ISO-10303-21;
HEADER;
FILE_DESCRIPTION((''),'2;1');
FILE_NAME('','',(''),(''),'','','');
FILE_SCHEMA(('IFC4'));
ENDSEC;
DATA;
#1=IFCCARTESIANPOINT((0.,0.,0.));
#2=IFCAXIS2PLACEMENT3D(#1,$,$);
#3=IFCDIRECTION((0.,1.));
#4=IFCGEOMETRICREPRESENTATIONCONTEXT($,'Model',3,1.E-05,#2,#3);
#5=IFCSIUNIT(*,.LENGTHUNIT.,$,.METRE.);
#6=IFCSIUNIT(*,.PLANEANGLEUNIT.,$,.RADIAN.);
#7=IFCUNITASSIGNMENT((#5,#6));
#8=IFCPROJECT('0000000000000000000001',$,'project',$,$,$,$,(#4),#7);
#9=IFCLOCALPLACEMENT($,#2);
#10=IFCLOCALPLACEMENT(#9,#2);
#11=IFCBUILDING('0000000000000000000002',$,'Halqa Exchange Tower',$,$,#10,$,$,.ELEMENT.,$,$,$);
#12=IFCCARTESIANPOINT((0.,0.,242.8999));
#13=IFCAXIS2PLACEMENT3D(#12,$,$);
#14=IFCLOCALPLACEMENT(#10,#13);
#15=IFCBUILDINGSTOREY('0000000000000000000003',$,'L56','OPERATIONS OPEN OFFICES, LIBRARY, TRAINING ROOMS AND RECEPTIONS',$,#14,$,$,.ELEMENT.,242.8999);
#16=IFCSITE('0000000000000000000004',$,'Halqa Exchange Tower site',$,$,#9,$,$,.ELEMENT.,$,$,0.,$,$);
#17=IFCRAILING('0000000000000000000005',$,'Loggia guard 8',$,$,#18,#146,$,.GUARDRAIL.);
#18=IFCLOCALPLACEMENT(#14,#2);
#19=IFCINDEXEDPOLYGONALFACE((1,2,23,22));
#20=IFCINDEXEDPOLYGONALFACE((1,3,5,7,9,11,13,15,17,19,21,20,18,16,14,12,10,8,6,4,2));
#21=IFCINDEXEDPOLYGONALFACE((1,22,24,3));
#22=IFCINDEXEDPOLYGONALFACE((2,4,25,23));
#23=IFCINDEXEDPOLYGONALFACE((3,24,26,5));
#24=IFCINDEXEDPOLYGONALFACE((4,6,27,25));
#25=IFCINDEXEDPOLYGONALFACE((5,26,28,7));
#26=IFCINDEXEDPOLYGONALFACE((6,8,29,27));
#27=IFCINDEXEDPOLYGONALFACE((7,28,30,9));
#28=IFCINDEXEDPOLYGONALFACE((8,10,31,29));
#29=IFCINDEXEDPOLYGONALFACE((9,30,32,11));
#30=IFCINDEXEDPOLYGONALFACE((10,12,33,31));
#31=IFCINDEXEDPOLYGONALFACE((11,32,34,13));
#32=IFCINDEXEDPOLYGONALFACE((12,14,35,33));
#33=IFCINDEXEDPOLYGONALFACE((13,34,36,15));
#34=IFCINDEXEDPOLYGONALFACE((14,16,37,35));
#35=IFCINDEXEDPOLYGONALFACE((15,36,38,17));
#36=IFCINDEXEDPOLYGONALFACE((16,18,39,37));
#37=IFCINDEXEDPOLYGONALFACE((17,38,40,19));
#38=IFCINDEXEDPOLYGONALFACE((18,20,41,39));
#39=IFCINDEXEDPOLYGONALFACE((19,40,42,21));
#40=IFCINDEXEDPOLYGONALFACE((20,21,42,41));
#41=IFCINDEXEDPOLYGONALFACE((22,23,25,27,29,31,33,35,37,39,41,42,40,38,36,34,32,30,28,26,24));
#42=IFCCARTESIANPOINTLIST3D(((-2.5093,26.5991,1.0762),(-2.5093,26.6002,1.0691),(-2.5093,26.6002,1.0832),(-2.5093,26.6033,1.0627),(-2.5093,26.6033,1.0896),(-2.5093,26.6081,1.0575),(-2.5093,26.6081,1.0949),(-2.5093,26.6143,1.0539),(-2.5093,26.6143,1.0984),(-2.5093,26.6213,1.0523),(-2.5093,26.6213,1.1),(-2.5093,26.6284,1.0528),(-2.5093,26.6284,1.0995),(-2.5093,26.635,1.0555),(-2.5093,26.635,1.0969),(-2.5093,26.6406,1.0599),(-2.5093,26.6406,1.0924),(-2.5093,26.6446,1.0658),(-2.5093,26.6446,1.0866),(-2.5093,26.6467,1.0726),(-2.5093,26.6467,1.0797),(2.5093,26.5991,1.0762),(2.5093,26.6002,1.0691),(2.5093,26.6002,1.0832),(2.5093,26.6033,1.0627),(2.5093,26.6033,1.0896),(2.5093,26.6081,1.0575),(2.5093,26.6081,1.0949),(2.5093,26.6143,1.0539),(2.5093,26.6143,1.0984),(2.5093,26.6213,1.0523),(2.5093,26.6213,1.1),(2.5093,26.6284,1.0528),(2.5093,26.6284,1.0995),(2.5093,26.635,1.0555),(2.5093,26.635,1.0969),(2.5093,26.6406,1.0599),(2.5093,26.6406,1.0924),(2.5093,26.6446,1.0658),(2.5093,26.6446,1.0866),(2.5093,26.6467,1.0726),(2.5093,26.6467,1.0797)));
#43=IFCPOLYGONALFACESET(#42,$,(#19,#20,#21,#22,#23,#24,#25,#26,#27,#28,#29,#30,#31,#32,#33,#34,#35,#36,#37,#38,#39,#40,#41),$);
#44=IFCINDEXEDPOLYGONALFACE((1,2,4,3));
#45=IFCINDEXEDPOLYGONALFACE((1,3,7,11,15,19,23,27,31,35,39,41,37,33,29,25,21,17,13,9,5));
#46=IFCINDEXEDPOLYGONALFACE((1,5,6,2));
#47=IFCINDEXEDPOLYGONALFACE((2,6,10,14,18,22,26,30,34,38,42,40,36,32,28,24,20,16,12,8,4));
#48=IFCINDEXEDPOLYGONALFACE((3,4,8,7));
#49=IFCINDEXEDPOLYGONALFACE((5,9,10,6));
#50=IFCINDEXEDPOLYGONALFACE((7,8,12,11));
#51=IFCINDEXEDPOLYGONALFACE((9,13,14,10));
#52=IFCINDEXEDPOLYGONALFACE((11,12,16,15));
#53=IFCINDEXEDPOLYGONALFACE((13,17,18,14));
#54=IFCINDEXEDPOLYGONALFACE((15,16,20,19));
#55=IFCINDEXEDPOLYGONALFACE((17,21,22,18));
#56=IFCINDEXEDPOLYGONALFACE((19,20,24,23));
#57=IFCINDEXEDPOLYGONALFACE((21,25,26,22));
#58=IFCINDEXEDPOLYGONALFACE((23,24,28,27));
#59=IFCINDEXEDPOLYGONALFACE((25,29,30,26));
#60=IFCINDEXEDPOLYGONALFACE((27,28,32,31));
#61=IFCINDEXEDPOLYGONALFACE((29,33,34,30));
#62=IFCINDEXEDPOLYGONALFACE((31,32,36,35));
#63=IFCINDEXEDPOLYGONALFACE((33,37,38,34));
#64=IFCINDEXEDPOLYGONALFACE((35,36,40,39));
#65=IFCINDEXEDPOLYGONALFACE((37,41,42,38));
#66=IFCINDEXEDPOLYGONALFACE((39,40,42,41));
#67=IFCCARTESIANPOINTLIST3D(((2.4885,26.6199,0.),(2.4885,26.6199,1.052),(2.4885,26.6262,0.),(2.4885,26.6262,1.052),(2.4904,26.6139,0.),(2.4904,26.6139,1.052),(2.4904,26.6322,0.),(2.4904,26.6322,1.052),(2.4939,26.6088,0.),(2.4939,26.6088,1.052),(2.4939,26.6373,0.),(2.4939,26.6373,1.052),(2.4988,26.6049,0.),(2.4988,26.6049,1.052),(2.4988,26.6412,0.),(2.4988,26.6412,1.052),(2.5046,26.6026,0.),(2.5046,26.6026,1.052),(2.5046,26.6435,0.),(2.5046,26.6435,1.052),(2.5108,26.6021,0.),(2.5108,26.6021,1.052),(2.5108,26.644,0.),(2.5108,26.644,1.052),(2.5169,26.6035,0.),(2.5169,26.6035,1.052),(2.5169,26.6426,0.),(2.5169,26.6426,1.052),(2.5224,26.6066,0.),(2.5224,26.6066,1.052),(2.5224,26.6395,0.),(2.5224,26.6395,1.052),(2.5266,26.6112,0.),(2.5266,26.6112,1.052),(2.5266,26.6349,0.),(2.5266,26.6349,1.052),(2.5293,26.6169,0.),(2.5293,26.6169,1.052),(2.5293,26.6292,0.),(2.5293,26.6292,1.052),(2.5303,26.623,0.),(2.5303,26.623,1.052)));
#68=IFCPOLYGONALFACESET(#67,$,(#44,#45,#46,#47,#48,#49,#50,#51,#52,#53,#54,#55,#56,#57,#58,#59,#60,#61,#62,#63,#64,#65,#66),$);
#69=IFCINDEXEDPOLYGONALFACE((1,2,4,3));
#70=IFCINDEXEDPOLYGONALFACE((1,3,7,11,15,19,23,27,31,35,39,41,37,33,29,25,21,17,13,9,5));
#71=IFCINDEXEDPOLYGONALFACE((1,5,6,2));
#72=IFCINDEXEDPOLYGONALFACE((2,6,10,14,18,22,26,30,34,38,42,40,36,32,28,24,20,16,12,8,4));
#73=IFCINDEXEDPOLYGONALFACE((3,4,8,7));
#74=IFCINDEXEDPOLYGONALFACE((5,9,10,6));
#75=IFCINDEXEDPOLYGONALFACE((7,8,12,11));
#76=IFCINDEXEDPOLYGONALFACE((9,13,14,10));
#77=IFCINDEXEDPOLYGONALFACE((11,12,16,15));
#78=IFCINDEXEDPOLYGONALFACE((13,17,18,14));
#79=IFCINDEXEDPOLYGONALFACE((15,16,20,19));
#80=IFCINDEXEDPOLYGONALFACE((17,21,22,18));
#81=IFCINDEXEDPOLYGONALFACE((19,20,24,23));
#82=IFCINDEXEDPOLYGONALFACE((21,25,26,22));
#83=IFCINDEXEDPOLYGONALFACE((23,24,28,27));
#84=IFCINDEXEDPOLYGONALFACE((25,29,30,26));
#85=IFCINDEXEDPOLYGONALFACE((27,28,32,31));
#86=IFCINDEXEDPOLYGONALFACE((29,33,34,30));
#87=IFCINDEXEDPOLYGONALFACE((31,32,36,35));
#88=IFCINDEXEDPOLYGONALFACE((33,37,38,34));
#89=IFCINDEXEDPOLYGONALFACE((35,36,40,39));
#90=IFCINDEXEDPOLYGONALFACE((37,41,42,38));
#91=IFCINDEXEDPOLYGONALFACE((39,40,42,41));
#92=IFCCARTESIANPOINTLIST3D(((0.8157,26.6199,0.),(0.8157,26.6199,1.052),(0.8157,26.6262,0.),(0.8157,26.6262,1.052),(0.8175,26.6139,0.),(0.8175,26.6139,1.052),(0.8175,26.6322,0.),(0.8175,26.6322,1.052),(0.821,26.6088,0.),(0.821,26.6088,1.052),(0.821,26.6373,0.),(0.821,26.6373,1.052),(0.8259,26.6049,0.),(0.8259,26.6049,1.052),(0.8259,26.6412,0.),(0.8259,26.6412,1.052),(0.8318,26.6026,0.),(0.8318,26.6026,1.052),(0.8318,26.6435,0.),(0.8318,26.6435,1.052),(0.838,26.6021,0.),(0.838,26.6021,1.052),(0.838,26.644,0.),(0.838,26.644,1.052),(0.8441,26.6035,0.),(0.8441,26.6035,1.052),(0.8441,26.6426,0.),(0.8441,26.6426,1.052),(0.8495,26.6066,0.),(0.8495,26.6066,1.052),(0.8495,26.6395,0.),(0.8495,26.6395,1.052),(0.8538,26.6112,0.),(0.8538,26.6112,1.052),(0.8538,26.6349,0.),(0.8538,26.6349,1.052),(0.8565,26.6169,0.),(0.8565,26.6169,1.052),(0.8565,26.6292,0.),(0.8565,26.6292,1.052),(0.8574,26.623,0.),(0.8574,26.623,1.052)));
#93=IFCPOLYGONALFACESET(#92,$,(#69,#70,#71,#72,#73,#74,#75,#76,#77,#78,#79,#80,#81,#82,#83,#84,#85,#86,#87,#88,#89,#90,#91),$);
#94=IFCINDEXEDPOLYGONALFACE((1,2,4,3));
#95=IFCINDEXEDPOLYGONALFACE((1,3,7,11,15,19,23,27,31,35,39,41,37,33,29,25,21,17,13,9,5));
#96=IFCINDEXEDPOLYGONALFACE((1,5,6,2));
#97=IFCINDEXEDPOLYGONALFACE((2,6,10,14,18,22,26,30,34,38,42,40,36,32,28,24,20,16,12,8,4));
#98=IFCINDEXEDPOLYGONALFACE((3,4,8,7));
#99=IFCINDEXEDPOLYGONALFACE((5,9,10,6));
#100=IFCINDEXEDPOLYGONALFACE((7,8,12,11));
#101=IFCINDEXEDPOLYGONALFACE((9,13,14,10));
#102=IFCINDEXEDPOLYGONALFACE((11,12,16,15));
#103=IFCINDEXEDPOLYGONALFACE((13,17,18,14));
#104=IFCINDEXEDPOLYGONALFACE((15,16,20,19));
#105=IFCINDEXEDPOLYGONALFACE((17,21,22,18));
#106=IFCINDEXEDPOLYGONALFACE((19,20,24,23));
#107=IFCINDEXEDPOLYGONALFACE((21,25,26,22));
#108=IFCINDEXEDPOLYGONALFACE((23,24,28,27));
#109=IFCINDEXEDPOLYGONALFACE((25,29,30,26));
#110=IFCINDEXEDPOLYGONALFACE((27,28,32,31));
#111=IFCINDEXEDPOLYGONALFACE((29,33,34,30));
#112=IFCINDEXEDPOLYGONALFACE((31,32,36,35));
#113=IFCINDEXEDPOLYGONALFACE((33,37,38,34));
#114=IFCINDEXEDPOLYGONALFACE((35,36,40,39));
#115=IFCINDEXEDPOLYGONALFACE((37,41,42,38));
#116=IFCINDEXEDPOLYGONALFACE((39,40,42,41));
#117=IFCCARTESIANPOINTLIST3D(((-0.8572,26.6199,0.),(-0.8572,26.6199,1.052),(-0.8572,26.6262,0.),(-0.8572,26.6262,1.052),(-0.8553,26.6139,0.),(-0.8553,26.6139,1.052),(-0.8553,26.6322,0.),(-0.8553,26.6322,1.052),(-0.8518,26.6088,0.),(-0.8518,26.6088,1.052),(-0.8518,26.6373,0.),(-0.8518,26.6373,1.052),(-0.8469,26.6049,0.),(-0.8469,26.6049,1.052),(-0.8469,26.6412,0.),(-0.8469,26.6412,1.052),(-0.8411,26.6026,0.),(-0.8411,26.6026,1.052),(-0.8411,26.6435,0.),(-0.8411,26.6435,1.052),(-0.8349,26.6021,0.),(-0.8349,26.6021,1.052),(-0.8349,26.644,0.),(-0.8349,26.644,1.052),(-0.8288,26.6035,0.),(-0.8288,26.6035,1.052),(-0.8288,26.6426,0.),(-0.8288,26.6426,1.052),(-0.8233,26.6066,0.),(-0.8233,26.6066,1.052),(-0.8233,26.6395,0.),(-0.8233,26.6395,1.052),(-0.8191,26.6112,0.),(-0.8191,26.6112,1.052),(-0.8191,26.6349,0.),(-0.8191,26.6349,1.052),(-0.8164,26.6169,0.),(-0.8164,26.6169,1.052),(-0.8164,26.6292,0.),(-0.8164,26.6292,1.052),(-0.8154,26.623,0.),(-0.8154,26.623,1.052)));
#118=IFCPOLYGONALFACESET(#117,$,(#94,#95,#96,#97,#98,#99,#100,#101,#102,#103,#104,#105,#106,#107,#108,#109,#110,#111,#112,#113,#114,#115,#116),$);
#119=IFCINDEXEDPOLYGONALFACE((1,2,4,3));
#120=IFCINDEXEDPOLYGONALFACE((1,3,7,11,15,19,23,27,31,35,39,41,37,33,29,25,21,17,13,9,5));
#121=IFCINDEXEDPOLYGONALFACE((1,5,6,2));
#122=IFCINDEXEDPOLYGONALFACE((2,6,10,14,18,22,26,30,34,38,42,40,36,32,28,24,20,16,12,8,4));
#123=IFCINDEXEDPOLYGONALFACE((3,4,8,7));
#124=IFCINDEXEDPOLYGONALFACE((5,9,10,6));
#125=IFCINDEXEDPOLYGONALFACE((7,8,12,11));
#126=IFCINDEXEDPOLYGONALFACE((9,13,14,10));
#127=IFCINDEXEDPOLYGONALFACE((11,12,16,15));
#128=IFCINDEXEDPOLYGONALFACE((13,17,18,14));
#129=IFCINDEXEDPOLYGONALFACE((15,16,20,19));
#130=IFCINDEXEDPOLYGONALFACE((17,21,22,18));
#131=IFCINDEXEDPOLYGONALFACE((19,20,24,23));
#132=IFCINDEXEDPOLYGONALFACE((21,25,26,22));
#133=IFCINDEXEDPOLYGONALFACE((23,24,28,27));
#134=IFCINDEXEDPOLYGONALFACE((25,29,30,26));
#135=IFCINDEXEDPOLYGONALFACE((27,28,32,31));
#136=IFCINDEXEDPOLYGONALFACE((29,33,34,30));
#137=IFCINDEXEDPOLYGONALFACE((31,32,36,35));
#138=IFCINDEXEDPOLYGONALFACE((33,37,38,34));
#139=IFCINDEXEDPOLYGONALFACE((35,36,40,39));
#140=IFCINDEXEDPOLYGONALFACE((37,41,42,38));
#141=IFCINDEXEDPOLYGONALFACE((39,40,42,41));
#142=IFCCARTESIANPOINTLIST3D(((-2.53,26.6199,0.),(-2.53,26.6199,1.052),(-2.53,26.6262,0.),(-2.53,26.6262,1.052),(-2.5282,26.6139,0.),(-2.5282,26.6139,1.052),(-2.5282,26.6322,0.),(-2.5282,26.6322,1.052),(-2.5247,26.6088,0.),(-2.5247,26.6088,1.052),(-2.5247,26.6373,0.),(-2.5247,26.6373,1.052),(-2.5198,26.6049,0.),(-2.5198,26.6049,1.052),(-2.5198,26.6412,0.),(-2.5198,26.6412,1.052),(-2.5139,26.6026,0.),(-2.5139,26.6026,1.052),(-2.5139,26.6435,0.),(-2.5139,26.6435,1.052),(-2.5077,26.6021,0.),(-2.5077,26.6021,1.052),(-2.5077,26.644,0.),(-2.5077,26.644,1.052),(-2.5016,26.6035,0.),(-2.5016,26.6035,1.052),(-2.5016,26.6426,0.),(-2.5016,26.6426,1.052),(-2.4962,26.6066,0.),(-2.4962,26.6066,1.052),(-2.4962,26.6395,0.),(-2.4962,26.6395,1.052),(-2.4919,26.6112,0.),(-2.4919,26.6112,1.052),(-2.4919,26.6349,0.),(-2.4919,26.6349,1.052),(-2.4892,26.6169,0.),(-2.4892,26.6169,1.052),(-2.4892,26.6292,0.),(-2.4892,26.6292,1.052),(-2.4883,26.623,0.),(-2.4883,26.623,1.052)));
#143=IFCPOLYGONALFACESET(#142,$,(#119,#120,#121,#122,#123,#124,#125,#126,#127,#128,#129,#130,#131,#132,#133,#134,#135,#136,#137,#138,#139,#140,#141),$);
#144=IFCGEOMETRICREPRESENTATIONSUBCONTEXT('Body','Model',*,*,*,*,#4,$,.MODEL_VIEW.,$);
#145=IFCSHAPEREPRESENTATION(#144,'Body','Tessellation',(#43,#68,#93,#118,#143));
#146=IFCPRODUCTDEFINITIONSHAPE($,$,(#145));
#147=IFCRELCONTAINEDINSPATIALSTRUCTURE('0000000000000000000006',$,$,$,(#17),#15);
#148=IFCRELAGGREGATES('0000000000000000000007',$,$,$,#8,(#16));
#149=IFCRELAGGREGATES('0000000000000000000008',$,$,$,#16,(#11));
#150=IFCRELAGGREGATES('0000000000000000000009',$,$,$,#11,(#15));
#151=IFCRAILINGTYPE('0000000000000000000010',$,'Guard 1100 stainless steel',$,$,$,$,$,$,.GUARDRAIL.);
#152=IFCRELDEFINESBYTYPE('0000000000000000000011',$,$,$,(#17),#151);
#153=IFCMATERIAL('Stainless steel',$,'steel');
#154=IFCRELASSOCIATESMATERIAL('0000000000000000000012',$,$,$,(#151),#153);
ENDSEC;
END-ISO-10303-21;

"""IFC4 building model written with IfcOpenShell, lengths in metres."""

from ifc_helpers import new_model, si_unit, direction, frame, origin, origin_2d, place, context, subcontext, project, spatial, circle, extrude, material, type_object, element, save


model = new_model("IFC4")

# Units and contexts
model_context = context("Model", 3, precision=1e-05, world=origin(), true_north=direction((0.0, 1.0)))
body_context = subcontext(model_context, "Body", "Model", "MODEL_VIEW")
ifc_project = project(units=[si_unit("LENGTHUNIT", "METRE"), si_unit("PLANEANGLEUNIT", "RADIAN")], contexts=[model_context])

# Site, building, storey
site_placement = place(None, origin())
site = spatial("IfcSite", under=ifc_project, at=site_placement, Name="Halqa Exchange Tower site", CompositionType="ELEMENT", RefElevation=0.0)
building_placement = place(site_placement, origin())
building = spatial("IfcBuilding", under=site, at=building_placement, Name="Halqa Exchange Tower", CompositionType="ELEMENT")
storey_placement = place(building_placement, frame((0.0, 0.0, 242.8999)))
storey = spatial("IfcBuildingStorey", under=building, at=storey_placement, Name="L56", Description="OPERATIONS OPEN OFFICES, LIBRARY, TRAINING ROOMS AND RECEPTIONS", CompositionType="ELEMENT", Elevation=242.8999)

# Railing
ifc_material_1 = material(Name="Stainless steel", Category="steel")
railing_type_1 = type_object("IfcRailingType", Name="Guard 1100 stainless steel", PredefinedType="GUARDRAIL", material=ifc_material_1)
railing_1_placement = place(storey_placement, frame((2.5093, 26.623, 0.0)))
element("IfcRailing", 1, at=railing_1_placement, inside=storey, type_object=railing_type_1, Name="Loggia guard 8", PredefinedType="GUARDRAIL", context=body_context, shape_type="SweptSolid", body=[
    extrude(circle(Radius=0.0239, at=origin_2d()), frame((0.0, 0.0, 1.0762), z_axis=(-1.0, 0.0, 0.0), x_axis=(0.0, -1.0, 0.0)), (0.0, 0.0, 1.0), 5.0186),
    extrude(circle(Radius=0.021, at=origin_2d()), origin(), (0.0, 0.0, 1.0), 1.052),
    extrude(circle(Radius=0.021, at=origin_2d()), frame((-1.6729, 0.0, 0.0)), (0.0, 0.0, 1.0), 1.052),
    extrude(circle(Radius=0.021, at=origin_2d()), frame((-3.3457, 0.0, 0.0)), (0.0, 0.0, 1.0), 1.052),
    extrude(circle(Radius=0.021, at=origin_2d()), frame((-5.0186, 0.0, 0.0)), (0.0, 0.0, 1.0), 1.052),
])

save(model, "model.ifc")
